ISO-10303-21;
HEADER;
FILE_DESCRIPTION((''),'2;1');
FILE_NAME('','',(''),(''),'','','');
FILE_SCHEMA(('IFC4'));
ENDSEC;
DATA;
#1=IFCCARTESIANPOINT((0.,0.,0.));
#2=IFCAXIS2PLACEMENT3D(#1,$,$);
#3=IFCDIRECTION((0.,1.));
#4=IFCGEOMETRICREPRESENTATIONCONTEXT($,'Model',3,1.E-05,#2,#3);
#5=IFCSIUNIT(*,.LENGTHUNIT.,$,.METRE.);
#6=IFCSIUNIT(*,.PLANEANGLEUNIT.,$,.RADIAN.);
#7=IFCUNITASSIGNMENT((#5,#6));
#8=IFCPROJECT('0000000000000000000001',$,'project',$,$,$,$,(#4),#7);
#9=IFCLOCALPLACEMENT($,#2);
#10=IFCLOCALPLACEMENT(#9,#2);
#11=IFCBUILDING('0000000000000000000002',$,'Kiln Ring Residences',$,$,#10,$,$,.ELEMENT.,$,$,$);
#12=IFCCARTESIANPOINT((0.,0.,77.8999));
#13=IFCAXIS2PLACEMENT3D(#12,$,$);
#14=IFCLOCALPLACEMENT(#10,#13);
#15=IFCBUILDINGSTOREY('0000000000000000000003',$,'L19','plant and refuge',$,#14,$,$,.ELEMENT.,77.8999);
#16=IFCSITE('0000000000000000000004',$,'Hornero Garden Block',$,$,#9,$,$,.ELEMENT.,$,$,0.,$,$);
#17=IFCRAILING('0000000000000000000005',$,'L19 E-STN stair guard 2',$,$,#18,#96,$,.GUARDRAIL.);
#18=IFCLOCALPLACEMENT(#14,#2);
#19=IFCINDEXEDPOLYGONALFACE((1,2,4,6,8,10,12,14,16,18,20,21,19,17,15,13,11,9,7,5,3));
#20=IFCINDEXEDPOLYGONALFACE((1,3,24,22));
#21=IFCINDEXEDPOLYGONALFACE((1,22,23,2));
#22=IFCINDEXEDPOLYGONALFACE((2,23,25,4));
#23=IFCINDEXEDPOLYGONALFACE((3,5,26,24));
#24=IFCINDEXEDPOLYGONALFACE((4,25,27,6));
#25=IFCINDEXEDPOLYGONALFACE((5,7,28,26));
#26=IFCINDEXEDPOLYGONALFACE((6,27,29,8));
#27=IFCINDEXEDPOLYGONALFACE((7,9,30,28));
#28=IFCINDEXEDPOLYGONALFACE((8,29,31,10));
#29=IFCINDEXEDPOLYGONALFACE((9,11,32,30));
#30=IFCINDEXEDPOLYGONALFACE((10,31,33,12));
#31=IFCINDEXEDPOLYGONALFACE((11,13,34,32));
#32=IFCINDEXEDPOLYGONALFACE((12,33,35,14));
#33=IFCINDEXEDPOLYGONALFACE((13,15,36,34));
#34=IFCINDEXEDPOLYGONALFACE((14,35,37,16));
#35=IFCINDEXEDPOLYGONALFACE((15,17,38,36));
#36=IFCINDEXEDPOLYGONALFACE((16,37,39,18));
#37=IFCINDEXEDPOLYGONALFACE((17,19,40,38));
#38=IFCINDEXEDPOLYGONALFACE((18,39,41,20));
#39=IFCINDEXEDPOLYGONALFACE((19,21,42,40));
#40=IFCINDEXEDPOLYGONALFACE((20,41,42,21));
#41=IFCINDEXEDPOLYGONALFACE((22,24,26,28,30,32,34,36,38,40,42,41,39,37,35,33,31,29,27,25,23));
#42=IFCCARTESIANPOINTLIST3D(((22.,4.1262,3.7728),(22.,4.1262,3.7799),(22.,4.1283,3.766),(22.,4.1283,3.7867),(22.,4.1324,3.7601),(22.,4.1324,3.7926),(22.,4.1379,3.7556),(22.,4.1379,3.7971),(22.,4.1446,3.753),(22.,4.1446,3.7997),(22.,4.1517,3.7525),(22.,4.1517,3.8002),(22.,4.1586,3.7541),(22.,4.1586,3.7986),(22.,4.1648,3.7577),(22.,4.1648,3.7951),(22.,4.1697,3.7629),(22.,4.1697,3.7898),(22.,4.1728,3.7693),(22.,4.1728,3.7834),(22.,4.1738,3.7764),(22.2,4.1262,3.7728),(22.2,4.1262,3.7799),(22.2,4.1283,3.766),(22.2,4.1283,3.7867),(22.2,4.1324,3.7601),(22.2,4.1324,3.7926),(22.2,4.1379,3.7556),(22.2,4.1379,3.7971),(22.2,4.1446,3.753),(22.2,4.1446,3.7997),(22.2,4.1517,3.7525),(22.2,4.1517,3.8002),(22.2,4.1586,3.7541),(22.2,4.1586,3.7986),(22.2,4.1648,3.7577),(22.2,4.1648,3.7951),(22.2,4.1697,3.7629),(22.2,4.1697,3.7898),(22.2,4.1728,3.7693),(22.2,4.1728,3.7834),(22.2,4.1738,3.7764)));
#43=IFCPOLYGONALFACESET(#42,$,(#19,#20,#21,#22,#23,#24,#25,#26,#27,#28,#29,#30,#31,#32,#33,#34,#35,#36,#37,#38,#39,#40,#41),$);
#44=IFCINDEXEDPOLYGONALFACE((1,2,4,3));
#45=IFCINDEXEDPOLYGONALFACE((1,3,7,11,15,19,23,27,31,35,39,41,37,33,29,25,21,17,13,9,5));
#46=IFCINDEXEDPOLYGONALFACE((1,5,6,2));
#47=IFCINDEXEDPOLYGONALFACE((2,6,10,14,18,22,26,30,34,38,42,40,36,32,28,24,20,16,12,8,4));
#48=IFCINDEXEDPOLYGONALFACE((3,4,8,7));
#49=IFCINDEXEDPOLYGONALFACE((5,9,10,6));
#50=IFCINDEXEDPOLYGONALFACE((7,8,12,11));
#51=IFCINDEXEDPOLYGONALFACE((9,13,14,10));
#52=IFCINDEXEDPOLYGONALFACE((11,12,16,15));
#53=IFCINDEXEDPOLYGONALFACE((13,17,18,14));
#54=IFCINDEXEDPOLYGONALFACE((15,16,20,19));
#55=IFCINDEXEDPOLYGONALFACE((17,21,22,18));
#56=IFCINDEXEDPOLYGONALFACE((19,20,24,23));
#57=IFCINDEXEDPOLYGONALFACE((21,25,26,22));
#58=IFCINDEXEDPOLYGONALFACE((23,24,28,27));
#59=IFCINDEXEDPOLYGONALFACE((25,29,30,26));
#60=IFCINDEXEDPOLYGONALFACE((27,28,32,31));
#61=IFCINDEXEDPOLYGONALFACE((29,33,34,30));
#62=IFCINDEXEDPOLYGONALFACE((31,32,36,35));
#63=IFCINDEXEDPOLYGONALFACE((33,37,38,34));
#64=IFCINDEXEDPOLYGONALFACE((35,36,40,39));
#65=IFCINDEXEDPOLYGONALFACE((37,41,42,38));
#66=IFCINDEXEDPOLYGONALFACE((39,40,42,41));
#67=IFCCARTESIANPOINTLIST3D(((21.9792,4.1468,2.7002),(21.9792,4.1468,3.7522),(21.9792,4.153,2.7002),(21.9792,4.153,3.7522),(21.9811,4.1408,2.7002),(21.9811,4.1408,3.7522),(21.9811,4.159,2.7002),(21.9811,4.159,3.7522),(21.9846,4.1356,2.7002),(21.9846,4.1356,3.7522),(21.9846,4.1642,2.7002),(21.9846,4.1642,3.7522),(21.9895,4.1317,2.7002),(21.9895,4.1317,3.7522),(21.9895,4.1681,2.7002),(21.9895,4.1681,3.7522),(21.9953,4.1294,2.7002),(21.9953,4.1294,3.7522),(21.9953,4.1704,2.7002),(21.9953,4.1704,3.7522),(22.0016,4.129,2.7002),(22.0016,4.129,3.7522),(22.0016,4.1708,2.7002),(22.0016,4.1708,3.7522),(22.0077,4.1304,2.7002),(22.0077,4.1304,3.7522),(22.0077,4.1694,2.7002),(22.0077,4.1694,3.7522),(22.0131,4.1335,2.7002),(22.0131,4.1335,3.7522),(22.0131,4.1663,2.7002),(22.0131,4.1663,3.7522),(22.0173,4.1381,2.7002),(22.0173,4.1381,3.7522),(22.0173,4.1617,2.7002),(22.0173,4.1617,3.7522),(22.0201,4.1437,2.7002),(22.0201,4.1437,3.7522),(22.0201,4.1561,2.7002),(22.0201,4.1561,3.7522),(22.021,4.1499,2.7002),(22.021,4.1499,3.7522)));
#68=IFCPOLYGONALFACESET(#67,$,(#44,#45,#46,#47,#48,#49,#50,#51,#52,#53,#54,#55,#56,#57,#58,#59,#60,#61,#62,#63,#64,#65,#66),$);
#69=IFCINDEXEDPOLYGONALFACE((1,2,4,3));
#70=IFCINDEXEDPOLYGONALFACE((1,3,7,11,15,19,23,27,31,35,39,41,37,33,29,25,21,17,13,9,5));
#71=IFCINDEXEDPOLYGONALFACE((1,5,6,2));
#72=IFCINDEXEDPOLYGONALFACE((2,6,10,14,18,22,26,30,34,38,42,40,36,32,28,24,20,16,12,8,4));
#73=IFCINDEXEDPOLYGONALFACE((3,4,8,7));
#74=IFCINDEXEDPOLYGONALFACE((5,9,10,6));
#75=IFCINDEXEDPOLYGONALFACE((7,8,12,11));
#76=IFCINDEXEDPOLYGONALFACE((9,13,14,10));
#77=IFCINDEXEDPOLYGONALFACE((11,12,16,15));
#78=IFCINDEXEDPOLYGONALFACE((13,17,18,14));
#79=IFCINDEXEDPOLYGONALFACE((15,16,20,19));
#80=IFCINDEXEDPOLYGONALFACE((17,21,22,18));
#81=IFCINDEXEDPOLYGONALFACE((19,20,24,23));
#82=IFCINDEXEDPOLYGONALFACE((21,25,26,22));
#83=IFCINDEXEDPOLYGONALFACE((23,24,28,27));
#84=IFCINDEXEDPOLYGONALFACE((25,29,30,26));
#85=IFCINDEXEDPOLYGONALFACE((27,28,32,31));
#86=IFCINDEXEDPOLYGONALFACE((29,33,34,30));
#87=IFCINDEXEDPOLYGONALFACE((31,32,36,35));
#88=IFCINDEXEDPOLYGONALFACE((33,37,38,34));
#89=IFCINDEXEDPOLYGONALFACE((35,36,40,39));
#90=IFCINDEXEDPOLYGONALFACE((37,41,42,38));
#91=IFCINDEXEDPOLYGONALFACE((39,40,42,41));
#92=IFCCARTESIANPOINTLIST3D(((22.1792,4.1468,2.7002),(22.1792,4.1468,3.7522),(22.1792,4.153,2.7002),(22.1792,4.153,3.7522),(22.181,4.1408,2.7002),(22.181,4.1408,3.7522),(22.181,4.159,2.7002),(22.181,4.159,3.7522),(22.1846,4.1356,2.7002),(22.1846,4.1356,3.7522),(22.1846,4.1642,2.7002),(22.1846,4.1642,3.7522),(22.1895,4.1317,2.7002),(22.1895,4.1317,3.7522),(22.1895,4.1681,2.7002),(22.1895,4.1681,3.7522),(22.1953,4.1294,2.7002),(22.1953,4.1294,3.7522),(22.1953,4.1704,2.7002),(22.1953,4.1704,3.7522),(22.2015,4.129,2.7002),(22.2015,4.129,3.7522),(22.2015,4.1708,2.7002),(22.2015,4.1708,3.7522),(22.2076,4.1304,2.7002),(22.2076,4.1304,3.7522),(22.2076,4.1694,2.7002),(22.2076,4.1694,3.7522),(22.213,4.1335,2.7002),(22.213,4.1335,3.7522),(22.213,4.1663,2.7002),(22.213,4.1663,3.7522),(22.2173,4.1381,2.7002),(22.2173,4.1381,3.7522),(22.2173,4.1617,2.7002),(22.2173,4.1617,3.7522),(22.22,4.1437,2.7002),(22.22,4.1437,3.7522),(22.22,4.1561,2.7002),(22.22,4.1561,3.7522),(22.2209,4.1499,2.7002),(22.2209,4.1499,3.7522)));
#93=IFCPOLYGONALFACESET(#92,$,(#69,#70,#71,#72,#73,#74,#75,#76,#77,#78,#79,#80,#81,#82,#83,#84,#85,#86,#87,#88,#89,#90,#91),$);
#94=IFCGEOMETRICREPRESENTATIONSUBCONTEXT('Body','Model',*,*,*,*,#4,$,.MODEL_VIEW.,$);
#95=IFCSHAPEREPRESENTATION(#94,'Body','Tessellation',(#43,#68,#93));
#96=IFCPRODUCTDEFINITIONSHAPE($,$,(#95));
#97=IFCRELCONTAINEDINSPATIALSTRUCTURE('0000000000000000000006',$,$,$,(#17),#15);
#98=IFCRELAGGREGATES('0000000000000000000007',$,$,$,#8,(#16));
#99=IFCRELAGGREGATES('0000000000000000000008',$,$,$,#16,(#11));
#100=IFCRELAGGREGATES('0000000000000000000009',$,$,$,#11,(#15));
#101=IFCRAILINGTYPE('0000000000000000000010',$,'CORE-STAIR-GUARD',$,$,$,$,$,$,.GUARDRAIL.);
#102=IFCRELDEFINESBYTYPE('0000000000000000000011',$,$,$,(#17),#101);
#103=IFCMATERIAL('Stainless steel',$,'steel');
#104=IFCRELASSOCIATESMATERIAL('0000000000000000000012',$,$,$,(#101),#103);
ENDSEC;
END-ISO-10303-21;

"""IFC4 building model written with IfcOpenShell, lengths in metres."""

from ifc_helpers import new_model, si_unit, direction, frame, origin, origin_2d, place, context, subcontext, project, spatial, circle, extrude, material, type_object, element, save


model = new_model("IFC4")

# Units and contexts
model_context = context("Model", 3, precision=1e-05, world=origin(), true_north=direction((0.0, 1.0)))
body_context = subcontext(model_context, "Body", "Model", "MODEL_VIEW")
ifc_project = project(units=[si_unit("LENGTHUNIT", "METRE"), si_unit("PLANEANGLEUNIT", "RADIAN")], contexts=[model_context])

# Site, building, storey
site_placement = place(None, origin())
site = spatial("IfcSite", under=ifc_project, at=site_placement, Name="Hornero Garden Block", CompositionType="ELEMENT", RefElevation=0.0)
building_placement = place(site_placement, origin())
building = spatial("IfcBuilding", under=site, at=building_placement, Name="Kiln Ring Residences", CompositionType="ELEMENT")
storey_placement = place(building_placement, frame((0.0, 0.0, 77.8999)))
storey = spatial("IfcBuildingStorey", under=building, at=storey_placement, Name="L19", Description="plant and refuge", CompositionType="ELEMENT", Elevation=77.8999)

# Railing
ifc_material_1 = material(Name="Stainless steel", Category="steel")
railing_type_1 = type_object("IfcRailingType", Name="CORE-STAIR-GUARD", PredefinedType="GUARDRAIL", material=ifc_material_1)
railing_1_placement = place(storey_placement, frame((22.0, 4.1499, 2.7002)))
element("IfcRailing", 1, at=railing_1_placement, inside=storey, type_object=railing_type_1, Name="L19 E-STN stair guard 2", PredefinedType="GUARDRAIL", context=body_context, shape_type="SweptSolid", body=[
    extrude(circle(Radius=0.0239, at=origin_2d()), frame((0.0, 0.0, 1.0762), z_axis=(1.0, 0.0, 0.0), x_axis=(0.0, 1.0, 0.0)), (0.0, 0.0, 1.0), 0.2),
    extrude(circle(Radius=0.021, at=origin_2d()), origin(), (0.0, 0.0, 1.0), 1.052),
    extrude(circle(Radius=0.021, at=origin_2d()), frame((0.2, 0.0, 0.0)), (0.0, 0.0, 1.0), 1.052),
])

save(model, "model.ifc")
